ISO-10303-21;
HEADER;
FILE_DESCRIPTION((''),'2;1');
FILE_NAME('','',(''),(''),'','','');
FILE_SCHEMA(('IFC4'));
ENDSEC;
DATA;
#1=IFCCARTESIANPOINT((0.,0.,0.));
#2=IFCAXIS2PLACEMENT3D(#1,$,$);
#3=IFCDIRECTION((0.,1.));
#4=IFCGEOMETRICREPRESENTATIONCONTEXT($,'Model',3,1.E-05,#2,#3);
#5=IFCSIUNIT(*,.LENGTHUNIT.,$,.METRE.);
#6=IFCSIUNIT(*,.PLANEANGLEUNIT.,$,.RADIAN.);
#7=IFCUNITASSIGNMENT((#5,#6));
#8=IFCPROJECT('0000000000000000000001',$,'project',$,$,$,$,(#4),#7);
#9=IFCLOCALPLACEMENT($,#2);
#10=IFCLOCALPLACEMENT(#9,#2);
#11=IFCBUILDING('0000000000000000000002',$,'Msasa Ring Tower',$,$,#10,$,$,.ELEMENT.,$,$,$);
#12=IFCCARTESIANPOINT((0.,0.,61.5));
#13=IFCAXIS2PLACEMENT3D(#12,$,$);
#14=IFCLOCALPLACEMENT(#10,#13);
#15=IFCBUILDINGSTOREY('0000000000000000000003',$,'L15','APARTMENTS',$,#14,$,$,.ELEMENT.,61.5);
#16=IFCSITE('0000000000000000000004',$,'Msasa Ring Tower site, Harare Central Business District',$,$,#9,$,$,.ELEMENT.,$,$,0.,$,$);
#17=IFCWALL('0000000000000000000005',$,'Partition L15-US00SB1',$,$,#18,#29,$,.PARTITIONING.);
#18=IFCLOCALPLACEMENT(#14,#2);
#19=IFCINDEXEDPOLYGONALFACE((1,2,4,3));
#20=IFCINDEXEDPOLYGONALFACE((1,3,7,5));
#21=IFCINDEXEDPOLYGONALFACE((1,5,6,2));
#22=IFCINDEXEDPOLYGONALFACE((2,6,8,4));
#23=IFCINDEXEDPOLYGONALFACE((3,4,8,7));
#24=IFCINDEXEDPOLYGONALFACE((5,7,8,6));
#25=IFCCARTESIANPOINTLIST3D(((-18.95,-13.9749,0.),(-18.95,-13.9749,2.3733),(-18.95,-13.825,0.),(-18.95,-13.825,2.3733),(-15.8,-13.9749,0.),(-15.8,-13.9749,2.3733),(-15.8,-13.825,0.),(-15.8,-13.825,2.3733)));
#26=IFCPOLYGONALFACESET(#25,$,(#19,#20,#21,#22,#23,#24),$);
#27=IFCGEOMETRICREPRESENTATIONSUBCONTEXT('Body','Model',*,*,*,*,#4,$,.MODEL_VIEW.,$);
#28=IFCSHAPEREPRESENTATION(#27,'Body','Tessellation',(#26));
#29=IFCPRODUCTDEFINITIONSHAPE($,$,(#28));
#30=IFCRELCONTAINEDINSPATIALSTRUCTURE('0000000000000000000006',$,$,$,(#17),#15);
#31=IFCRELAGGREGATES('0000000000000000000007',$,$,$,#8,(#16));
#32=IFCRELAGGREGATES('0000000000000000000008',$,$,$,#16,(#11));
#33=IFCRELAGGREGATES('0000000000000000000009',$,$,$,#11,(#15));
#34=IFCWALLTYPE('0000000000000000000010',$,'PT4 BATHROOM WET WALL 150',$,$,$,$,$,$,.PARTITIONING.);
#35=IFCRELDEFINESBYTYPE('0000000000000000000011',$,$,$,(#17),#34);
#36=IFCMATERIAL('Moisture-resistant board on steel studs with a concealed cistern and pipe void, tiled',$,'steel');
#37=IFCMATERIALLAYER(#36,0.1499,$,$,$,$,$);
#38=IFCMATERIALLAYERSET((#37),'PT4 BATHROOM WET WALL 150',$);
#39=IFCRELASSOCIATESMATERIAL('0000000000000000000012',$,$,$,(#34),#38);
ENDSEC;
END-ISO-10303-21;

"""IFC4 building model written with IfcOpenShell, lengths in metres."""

from ifc_helpers import new_model, si_unit, direction, frame, frame_2d, origin, place, context, subcontext, project, spatial, rectangle, extrude, material, layer, layer_set, type_object, element, save


model = new_model("IFC4")

# Units and contexts
model_context = context("Model", 3, precision=1e-05, world=origin(), true_north=direction((0.0, 1.0)))
body_context = subcontext(model_context, "Body", "Model", "MODEL_VIEW")
ifc_project = project(units=[si_unit("LENGTHUNIT", "METRE"), si_unit("PLANEANGLEUNIT", "RADIAN")], contexts=[model_context])

# Site, building, storey
site_placement = place(None, origin())
site = spatial("IfcSite", under=ifc_project, at=site_placement, Name="Msasa Ring Tower site, Harare Central Business District", CompositionType="ELEMENT", RefElevation=0.0)
building_placement = place(site_placement, origin())
building = spatial("IfcBuilding", under=site, at=building_placement, Name="Msasa Ring Tower", CompositionType="ELEMENT")
storey_placement = place(building_placement, frame((0.0, 0.0, 61.5)))
storey = spatial("IfcBuildingStorey", under=building, at=storey_placement, Name="L15", Description="APARTMENTS", CompositionType="ELEMENT", Elevation=61.5)

# Shared definitions
ifc_material_1 = material(Name="Moisture-resistant board on steel studs with a concealed cistern and pipe void, tiled", Category="steel")
ifc_layer_1 = layer(ifc_material_1, 0.1499)
ifc_layer_set_1 = layer_set([ifc_layer_1], Name="PT4 BATHROOM WET WALL 150")
wall_type_1 = type_object("IfcWallType", Name="PT4 BATHROOM WET WALL 150", PredefinedType="PARTITIONING", material=ifc_layer_set_1)

# Wall
wall_1_placement = place(storey_placement, frame((-18.95, -13.8999, 0.0), z_axis=(0.0, 0.0, 1.0), x_axis=(1.0, 0.0, 0.0)))
element("IfcWall", 1, at=wall_1_placement, inside=storey, type_object=wall_type_1, Name="Partition L15-US00SB1", PredefinedType="PARTITIONING", context=body_context, shape_type="SweptSolid", body=[
    extrude(rectangle(XDim=3.1499, YDim=0.1499, at=frame_2d((1.575, 0.0))), origin(), (0.0, 0.0, 1.0), 2.3733),
])

save(model, "model.ifc")
